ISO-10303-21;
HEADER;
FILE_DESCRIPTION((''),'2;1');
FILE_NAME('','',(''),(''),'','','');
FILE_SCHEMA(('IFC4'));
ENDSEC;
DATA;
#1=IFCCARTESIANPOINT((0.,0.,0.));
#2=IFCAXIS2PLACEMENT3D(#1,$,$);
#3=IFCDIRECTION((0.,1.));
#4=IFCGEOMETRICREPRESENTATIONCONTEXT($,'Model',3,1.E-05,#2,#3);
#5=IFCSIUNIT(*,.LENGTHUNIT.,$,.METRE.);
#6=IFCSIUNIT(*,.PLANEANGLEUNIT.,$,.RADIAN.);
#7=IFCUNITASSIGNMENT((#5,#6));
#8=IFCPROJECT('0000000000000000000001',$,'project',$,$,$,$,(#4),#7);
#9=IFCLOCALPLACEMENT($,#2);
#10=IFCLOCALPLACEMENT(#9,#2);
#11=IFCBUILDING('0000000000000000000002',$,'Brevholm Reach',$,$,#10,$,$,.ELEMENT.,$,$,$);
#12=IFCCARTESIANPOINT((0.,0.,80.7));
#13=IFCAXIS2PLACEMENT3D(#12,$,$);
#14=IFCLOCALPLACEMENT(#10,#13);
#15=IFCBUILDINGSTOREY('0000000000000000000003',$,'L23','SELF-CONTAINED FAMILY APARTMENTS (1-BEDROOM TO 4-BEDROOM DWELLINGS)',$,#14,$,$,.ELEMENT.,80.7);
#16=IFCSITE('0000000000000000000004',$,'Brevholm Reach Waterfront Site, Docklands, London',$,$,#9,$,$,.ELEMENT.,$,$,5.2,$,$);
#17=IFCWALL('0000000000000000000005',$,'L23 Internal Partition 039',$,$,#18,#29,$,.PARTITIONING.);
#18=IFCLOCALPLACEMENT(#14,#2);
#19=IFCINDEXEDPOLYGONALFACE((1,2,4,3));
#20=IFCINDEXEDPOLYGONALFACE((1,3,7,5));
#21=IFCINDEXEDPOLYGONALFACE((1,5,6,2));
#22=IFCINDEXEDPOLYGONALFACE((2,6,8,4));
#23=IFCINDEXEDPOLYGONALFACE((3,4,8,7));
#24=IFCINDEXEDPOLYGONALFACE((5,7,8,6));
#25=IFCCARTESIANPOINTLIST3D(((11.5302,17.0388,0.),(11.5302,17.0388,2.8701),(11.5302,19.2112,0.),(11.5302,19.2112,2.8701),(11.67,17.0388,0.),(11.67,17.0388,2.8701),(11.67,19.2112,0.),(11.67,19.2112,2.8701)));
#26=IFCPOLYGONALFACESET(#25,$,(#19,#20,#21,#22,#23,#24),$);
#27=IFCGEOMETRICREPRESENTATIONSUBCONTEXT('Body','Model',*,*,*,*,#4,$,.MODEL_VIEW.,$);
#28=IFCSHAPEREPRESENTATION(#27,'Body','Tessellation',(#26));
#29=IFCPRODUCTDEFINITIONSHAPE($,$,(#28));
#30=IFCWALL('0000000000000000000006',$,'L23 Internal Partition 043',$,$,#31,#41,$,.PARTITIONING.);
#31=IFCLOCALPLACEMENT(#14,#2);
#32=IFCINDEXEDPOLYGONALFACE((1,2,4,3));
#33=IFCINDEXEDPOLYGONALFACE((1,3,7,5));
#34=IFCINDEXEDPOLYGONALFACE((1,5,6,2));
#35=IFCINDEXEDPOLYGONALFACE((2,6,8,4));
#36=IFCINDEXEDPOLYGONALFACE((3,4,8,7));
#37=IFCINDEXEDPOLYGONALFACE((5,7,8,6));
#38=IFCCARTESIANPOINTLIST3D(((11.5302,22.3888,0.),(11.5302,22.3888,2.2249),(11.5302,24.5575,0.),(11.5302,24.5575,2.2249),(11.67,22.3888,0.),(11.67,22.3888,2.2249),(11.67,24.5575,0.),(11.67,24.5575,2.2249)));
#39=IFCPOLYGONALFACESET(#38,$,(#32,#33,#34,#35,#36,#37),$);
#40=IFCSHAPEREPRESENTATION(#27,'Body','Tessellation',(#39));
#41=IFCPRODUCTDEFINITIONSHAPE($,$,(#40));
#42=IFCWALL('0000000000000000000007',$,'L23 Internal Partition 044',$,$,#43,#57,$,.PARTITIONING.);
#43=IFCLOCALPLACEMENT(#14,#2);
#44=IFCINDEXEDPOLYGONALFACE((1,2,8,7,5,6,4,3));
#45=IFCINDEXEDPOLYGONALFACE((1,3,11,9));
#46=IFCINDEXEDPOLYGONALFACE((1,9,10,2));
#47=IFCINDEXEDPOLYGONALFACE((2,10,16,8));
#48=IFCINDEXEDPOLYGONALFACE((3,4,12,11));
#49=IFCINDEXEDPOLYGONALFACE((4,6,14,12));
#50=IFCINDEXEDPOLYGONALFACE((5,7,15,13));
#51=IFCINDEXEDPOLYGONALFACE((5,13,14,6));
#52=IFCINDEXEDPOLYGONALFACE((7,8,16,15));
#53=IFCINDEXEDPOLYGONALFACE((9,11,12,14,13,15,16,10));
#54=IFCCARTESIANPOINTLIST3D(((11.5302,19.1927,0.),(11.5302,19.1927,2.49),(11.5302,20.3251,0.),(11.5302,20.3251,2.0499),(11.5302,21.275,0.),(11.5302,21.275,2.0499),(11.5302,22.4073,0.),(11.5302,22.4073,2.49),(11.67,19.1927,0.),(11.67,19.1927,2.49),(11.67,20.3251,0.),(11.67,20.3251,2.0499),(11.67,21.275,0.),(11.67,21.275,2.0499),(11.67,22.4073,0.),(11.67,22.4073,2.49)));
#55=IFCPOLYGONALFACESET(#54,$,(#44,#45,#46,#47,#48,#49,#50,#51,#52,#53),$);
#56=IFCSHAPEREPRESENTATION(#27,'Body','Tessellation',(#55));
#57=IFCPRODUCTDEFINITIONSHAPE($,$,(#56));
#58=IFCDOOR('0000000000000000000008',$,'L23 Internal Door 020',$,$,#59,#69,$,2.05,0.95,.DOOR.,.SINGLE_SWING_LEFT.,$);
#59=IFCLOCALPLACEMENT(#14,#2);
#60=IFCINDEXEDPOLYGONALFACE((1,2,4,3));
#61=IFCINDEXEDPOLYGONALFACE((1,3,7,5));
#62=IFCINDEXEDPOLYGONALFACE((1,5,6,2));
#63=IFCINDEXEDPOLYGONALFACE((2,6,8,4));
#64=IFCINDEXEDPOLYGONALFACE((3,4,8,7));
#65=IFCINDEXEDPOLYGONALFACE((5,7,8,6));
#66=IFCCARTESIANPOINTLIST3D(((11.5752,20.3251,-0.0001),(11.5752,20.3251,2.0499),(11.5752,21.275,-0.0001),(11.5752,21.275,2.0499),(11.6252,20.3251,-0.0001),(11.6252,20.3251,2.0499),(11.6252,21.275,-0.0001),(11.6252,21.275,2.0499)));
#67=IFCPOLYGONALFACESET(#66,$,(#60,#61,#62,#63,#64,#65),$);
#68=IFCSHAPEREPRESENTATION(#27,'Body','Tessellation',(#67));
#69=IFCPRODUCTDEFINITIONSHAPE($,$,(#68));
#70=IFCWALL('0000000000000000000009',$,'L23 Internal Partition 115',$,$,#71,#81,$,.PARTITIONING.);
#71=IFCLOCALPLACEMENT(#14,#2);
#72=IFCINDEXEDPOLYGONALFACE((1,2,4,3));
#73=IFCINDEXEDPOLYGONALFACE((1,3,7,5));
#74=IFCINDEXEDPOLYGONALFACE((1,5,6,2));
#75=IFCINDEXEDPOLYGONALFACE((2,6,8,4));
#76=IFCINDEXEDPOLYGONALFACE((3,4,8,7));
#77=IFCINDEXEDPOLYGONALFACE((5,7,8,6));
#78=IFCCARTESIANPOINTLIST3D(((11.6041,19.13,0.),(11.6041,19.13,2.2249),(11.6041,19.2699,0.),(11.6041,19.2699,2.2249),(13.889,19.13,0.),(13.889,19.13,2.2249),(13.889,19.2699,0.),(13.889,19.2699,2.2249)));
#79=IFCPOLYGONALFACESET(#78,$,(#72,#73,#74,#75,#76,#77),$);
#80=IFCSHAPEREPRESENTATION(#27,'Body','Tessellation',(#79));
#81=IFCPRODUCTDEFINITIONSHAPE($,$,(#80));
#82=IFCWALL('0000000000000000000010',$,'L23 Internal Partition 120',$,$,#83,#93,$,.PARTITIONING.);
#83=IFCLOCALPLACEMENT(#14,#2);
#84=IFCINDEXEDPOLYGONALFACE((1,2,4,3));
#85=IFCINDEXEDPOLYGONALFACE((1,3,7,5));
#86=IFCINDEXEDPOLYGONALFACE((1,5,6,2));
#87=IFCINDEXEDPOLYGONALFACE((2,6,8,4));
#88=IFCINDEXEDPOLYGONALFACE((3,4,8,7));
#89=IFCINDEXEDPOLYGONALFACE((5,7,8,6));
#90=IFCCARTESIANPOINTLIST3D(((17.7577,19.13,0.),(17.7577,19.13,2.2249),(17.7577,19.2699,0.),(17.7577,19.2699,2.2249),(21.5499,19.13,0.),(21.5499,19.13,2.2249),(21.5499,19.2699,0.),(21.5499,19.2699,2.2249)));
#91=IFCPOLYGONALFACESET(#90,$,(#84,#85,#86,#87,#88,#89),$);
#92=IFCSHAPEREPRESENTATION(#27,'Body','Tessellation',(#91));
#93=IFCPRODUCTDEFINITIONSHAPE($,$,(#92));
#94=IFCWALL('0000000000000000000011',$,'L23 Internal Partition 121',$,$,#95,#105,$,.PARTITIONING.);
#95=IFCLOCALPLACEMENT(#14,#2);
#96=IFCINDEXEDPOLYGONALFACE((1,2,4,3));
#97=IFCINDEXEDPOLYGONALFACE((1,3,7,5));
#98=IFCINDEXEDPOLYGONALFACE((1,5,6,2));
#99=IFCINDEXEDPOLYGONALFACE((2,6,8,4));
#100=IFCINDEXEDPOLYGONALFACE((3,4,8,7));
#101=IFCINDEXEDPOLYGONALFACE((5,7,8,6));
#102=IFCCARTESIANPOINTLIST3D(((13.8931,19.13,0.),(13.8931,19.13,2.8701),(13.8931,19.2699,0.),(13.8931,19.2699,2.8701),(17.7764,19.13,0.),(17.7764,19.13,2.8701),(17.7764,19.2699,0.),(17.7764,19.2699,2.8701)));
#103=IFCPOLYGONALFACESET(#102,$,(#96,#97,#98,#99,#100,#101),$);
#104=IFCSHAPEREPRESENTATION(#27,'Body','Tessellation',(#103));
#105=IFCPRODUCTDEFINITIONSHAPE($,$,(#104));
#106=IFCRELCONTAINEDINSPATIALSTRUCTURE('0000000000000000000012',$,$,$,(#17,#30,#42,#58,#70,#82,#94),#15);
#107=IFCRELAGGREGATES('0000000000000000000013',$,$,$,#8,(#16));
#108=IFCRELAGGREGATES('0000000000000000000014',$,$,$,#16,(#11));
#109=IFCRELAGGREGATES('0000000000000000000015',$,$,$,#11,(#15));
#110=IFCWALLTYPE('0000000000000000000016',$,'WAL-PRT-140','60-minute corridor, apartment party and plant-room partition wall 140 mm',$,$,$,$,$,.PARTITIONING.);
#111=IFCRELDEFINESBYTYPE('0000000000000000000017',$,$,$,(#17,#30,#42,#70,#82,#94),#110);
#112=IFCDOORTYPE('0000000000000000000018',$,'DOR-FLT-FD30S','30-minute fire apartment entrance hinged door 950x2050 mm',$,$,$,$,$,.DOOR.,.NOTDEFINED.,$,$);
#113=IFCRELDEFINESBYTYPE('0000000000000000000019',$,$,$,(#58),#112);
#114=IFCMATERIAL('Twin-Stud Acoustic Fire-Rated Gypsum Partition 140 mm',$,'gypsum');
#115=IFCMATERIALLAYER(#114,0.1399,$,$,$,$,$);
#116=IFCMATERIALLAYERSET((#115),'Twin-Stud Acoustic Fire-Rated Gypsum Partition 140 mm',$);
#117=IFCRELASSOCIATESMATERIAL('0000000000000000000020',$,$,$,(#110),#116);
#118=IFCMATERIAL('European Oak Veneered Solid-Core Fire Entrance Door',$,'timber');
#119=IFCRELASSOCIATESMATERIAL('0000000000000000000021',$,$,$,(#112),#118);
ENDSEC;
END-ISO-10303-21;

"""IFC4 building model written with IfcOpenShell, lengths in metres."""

from ifc_helpers import new_model, si_unit, direction, frame, frame_2d, origin, place, context, subcontext, project, spatial, rectangle, extrude, material, layer, layer_set, type_object, element, fill, save


model = new_model("IFC4")

# Units and contexts
model_context = context("Model", 3, precision=1e-05, world=origin(), true_north=direction((0.0, 1.0)))
body_context = subcontext(model_context, "Body", "Model", "MODEL_VIEW")
ifc_project = project(units=[si_unit("LENGTHUNIT", "METRE"), si_unit("PLANEANGLEUNIT", "RADIAN")], contexts=[model_context])

# Site, building, storey
site_placement = place(None, origin())
site = spatial("IfcSite", under=ifc_project, at=site_placement, Name="Brevholm Reach Waterfront Site, Docklands, London", CompositionType="ELEMENT", RefElevation=5.2)
building_placement = place(site_placement, origin())
building = spatial("IfcBuilding", under=site, at=building_placement, Name="Brevholm Reach", CompositionType="ELEMENT")
storey_placement = place(building_placement, frame((0.0, 0.0, 80.7)))
storey = spatial("IfcBuildingStorey", under=building, at=storey_placement, Name="L23", Description="SELF-CONTAINED FAMILY APARTMENTS (1-BEDROOM TO 4-BEDROOM DWELLINGS)", CompositionType="ELEMENT", Elevation=80.7)

# Walls
ifc_material_1 = material(Name="Twin-Stud Acoustic Fire-Rated Gypsum Partition 140 mm", Category="gypsum")
ifc_layer_1 = layer(ifc_material_1, 0.1399)
ifc_layer_set_1 = layer_set([ifc_layer_1], Name="Twin-Stud Acoustic Fire-Rated Gypsum Partition 140 mm")
wall_type_1 = type_object("IfcWallType", Name="WAL-PRT-140", Description="60-minute corridor, apartment party and plant-room partition wall 140 mm", PredefinedType="PARTITIONING", material=ifc_layer_set_1)
wall_1_placement = place(storey_placement, frame((11.6001, 17.0388, 0.0), z_axis=(0.0, 0.0, 1.0), x_axis=(0.0, 1.0, 0.0)))
element("IfcWall", 1, at=wall_1_placement, inside=storey, type_object=wall_type_1, Name="L23 Internal Partition 039", PredefinedType="PARTITIONING", context=body_context, shape_type="SweptSolid", body=[
    extrude(rectangle(XDim=2.1724, YDim=0.1399, at=frame_2d((1.0862, 0.0))), origin(), (0.0, 0.0, 1.0), 2.8701),
])
wall_2_placement = place(storey_placement, frame((11.6001, 22.3887, 0.0), z_axis=(0.0, 0.0, 1.0), x_axis=(0.0, 1.0, 0.0)))
element("IfcWall", 2, at=wall_2_placement, inside=storey, type_object=wall_type_1, Name="L23 Internal Partition 043", PredefinedType="PARTITIONING", context=body_context, shape_type="SweptSolid", body=[
    extrude(rectangle(XDim=2.1687, YDim=0.1399, at=frame_2d((1.0845, 0.0))), origin(), (0.0, 0.0, 1.0), 2.2249),
])

# Wall, opening, door
wall_3_placement = place(storey_placement, frame((11.6001, 19.1926, 0.0), z_axis=(0.0, 0.0, 1.0), x_axis=(0.0, 1.0, 0.0)))
wall_3 = element("IfcWall", 3, at=wall_3_placement, inside=storey, type_object=wall_type_1, Name="L23 Internal Partition 044", PredefinedType="PARTITIONING", context=body_context, shape_type="SweptSolid", body=[
    extrude(rectangle(XDim=3.2146, YDim=0.1399, at=frame_2d((1.6074, 0.0))), origin(), (0.0, 0.0, 1.0), 2.49),
])
opening_1_placement = place(wall_3_placement, frame((1.1323, 0.0, 0.0)))
opening_1 = element("IfcOpeningElement", 4, at=opening_1_placement, cuts=wall_3, PredefinedType="OPENING", context=body_context, shape_type="SweptSolid", body=[
    extrude(rectangle(XDim=0.95, YDim=2.05, at=frame_2d((0.4751, 1.0249))), frame((0.0, 0.0798, 0.0), z_axis=(0.0, -1.0, 0.0), x_axis=(1.0, 0.0, 0.0)), (0.0, 0.0, 1.0), 0.1599),
])
ifc_material_2 = material(Name="European Oak Veneered Solid-Core Fire Entrance Door", Category="timber")
door_type_1 = type_object("IfcDoorType", Name="DOR-FLT-FD30S", Description="30-minute fire apartment entrance hinged door 950x2050 mm", OperationType="NOTDEFINED", PredefinedType="DOOR", material=ifc_material_2)
door_1_placement = place(opening_1_placement, origin())
door_1 = element("IfcDoor", 5, at=door_1_placement, inside=storey, type_object=door_type_1, Name="L23 Internal Door 020", OperationType="SINGLE_SWING_LEFT", OverallHeight=2.05, OverallWidth=0.95, PredefinedType="DOOR", context=body_context, shape_type="SweptSolid", body=[
    extrude(rectangle(XDim=0.95, YDim=2.05, at=frame_2d((0.4751, 1.0249))), frame((0.0, 0.0249, 0.0), z_axis=(0.0, -1.0, 0.0), x_axis=(1.0, 0.0, 0.0)), (0.0, 0.0, 1.0), 0.05),
])
fill(opening_1, door_1)

# Walls
wall_4_placement = place(storey_placement, frame((11.604, 19.2, 0.0), z_axis=(0.0, 0.0, 1.0), x_axis=(1.0, 0.0, 0.0)))
element("IfcWall", 6, at=wall_4_placement, inside=storey, type_object=wall_type_1, Name="L23 Internal Partition 115", PredefinedType="PARTITIONING", context=body_context, shape_type="SweptSolid", body=[
    extrude(rectangle(XDim=2.2849, YDim=0.1399, at=frame_2d((1.1426, 0.0))), origin(), (0.0, 0.0, 1.0), 2.2249),
])
wall_5_placement = place(storey_placement, frame((17.7578, 19.2, 0.0), z_axis=(0.0, 0.0, 1.0), x_axis=(1.0, 0.0, 0.0)))
element("IfcWall", 7, at=wall_5_placement, inside=storey, type_object=wall_type_1, Name="L23 Internal Partition 120", PredefinedType="PARTITIONING", context=body_context, shape_type="SweptSolid", body=[
    extrude(rectangle(XDim=3.7922, YDim=0.1399, at=frame_2d((1.896, 0.0))), origin(), (0.0, 0.0, 1.0), 2.2249),
])
wall_6_placement = place(storey_placement, frame((13.8931, 19.2, 0.0), z_axis=(0.0, 0.0, 1.0), x_axis=(1.0, 0.0, 0.0)))
element("IfcWall", 8, at=wall_6_placement, inside=storey, type_object=wall_type_1, Name="L23 Internal Partition 121", PredefinedType="PARTITIONING", context=body_context, shape_type="SweptSolid", body=[
    extrude(rectangle(XDim=3.8833, YDim=0.1399, at=frame_2d((1.9417, 0.0))), origin(), (0.0, 0.0, 1.0), 2.8701),
])

save(model, "model.ifc")
